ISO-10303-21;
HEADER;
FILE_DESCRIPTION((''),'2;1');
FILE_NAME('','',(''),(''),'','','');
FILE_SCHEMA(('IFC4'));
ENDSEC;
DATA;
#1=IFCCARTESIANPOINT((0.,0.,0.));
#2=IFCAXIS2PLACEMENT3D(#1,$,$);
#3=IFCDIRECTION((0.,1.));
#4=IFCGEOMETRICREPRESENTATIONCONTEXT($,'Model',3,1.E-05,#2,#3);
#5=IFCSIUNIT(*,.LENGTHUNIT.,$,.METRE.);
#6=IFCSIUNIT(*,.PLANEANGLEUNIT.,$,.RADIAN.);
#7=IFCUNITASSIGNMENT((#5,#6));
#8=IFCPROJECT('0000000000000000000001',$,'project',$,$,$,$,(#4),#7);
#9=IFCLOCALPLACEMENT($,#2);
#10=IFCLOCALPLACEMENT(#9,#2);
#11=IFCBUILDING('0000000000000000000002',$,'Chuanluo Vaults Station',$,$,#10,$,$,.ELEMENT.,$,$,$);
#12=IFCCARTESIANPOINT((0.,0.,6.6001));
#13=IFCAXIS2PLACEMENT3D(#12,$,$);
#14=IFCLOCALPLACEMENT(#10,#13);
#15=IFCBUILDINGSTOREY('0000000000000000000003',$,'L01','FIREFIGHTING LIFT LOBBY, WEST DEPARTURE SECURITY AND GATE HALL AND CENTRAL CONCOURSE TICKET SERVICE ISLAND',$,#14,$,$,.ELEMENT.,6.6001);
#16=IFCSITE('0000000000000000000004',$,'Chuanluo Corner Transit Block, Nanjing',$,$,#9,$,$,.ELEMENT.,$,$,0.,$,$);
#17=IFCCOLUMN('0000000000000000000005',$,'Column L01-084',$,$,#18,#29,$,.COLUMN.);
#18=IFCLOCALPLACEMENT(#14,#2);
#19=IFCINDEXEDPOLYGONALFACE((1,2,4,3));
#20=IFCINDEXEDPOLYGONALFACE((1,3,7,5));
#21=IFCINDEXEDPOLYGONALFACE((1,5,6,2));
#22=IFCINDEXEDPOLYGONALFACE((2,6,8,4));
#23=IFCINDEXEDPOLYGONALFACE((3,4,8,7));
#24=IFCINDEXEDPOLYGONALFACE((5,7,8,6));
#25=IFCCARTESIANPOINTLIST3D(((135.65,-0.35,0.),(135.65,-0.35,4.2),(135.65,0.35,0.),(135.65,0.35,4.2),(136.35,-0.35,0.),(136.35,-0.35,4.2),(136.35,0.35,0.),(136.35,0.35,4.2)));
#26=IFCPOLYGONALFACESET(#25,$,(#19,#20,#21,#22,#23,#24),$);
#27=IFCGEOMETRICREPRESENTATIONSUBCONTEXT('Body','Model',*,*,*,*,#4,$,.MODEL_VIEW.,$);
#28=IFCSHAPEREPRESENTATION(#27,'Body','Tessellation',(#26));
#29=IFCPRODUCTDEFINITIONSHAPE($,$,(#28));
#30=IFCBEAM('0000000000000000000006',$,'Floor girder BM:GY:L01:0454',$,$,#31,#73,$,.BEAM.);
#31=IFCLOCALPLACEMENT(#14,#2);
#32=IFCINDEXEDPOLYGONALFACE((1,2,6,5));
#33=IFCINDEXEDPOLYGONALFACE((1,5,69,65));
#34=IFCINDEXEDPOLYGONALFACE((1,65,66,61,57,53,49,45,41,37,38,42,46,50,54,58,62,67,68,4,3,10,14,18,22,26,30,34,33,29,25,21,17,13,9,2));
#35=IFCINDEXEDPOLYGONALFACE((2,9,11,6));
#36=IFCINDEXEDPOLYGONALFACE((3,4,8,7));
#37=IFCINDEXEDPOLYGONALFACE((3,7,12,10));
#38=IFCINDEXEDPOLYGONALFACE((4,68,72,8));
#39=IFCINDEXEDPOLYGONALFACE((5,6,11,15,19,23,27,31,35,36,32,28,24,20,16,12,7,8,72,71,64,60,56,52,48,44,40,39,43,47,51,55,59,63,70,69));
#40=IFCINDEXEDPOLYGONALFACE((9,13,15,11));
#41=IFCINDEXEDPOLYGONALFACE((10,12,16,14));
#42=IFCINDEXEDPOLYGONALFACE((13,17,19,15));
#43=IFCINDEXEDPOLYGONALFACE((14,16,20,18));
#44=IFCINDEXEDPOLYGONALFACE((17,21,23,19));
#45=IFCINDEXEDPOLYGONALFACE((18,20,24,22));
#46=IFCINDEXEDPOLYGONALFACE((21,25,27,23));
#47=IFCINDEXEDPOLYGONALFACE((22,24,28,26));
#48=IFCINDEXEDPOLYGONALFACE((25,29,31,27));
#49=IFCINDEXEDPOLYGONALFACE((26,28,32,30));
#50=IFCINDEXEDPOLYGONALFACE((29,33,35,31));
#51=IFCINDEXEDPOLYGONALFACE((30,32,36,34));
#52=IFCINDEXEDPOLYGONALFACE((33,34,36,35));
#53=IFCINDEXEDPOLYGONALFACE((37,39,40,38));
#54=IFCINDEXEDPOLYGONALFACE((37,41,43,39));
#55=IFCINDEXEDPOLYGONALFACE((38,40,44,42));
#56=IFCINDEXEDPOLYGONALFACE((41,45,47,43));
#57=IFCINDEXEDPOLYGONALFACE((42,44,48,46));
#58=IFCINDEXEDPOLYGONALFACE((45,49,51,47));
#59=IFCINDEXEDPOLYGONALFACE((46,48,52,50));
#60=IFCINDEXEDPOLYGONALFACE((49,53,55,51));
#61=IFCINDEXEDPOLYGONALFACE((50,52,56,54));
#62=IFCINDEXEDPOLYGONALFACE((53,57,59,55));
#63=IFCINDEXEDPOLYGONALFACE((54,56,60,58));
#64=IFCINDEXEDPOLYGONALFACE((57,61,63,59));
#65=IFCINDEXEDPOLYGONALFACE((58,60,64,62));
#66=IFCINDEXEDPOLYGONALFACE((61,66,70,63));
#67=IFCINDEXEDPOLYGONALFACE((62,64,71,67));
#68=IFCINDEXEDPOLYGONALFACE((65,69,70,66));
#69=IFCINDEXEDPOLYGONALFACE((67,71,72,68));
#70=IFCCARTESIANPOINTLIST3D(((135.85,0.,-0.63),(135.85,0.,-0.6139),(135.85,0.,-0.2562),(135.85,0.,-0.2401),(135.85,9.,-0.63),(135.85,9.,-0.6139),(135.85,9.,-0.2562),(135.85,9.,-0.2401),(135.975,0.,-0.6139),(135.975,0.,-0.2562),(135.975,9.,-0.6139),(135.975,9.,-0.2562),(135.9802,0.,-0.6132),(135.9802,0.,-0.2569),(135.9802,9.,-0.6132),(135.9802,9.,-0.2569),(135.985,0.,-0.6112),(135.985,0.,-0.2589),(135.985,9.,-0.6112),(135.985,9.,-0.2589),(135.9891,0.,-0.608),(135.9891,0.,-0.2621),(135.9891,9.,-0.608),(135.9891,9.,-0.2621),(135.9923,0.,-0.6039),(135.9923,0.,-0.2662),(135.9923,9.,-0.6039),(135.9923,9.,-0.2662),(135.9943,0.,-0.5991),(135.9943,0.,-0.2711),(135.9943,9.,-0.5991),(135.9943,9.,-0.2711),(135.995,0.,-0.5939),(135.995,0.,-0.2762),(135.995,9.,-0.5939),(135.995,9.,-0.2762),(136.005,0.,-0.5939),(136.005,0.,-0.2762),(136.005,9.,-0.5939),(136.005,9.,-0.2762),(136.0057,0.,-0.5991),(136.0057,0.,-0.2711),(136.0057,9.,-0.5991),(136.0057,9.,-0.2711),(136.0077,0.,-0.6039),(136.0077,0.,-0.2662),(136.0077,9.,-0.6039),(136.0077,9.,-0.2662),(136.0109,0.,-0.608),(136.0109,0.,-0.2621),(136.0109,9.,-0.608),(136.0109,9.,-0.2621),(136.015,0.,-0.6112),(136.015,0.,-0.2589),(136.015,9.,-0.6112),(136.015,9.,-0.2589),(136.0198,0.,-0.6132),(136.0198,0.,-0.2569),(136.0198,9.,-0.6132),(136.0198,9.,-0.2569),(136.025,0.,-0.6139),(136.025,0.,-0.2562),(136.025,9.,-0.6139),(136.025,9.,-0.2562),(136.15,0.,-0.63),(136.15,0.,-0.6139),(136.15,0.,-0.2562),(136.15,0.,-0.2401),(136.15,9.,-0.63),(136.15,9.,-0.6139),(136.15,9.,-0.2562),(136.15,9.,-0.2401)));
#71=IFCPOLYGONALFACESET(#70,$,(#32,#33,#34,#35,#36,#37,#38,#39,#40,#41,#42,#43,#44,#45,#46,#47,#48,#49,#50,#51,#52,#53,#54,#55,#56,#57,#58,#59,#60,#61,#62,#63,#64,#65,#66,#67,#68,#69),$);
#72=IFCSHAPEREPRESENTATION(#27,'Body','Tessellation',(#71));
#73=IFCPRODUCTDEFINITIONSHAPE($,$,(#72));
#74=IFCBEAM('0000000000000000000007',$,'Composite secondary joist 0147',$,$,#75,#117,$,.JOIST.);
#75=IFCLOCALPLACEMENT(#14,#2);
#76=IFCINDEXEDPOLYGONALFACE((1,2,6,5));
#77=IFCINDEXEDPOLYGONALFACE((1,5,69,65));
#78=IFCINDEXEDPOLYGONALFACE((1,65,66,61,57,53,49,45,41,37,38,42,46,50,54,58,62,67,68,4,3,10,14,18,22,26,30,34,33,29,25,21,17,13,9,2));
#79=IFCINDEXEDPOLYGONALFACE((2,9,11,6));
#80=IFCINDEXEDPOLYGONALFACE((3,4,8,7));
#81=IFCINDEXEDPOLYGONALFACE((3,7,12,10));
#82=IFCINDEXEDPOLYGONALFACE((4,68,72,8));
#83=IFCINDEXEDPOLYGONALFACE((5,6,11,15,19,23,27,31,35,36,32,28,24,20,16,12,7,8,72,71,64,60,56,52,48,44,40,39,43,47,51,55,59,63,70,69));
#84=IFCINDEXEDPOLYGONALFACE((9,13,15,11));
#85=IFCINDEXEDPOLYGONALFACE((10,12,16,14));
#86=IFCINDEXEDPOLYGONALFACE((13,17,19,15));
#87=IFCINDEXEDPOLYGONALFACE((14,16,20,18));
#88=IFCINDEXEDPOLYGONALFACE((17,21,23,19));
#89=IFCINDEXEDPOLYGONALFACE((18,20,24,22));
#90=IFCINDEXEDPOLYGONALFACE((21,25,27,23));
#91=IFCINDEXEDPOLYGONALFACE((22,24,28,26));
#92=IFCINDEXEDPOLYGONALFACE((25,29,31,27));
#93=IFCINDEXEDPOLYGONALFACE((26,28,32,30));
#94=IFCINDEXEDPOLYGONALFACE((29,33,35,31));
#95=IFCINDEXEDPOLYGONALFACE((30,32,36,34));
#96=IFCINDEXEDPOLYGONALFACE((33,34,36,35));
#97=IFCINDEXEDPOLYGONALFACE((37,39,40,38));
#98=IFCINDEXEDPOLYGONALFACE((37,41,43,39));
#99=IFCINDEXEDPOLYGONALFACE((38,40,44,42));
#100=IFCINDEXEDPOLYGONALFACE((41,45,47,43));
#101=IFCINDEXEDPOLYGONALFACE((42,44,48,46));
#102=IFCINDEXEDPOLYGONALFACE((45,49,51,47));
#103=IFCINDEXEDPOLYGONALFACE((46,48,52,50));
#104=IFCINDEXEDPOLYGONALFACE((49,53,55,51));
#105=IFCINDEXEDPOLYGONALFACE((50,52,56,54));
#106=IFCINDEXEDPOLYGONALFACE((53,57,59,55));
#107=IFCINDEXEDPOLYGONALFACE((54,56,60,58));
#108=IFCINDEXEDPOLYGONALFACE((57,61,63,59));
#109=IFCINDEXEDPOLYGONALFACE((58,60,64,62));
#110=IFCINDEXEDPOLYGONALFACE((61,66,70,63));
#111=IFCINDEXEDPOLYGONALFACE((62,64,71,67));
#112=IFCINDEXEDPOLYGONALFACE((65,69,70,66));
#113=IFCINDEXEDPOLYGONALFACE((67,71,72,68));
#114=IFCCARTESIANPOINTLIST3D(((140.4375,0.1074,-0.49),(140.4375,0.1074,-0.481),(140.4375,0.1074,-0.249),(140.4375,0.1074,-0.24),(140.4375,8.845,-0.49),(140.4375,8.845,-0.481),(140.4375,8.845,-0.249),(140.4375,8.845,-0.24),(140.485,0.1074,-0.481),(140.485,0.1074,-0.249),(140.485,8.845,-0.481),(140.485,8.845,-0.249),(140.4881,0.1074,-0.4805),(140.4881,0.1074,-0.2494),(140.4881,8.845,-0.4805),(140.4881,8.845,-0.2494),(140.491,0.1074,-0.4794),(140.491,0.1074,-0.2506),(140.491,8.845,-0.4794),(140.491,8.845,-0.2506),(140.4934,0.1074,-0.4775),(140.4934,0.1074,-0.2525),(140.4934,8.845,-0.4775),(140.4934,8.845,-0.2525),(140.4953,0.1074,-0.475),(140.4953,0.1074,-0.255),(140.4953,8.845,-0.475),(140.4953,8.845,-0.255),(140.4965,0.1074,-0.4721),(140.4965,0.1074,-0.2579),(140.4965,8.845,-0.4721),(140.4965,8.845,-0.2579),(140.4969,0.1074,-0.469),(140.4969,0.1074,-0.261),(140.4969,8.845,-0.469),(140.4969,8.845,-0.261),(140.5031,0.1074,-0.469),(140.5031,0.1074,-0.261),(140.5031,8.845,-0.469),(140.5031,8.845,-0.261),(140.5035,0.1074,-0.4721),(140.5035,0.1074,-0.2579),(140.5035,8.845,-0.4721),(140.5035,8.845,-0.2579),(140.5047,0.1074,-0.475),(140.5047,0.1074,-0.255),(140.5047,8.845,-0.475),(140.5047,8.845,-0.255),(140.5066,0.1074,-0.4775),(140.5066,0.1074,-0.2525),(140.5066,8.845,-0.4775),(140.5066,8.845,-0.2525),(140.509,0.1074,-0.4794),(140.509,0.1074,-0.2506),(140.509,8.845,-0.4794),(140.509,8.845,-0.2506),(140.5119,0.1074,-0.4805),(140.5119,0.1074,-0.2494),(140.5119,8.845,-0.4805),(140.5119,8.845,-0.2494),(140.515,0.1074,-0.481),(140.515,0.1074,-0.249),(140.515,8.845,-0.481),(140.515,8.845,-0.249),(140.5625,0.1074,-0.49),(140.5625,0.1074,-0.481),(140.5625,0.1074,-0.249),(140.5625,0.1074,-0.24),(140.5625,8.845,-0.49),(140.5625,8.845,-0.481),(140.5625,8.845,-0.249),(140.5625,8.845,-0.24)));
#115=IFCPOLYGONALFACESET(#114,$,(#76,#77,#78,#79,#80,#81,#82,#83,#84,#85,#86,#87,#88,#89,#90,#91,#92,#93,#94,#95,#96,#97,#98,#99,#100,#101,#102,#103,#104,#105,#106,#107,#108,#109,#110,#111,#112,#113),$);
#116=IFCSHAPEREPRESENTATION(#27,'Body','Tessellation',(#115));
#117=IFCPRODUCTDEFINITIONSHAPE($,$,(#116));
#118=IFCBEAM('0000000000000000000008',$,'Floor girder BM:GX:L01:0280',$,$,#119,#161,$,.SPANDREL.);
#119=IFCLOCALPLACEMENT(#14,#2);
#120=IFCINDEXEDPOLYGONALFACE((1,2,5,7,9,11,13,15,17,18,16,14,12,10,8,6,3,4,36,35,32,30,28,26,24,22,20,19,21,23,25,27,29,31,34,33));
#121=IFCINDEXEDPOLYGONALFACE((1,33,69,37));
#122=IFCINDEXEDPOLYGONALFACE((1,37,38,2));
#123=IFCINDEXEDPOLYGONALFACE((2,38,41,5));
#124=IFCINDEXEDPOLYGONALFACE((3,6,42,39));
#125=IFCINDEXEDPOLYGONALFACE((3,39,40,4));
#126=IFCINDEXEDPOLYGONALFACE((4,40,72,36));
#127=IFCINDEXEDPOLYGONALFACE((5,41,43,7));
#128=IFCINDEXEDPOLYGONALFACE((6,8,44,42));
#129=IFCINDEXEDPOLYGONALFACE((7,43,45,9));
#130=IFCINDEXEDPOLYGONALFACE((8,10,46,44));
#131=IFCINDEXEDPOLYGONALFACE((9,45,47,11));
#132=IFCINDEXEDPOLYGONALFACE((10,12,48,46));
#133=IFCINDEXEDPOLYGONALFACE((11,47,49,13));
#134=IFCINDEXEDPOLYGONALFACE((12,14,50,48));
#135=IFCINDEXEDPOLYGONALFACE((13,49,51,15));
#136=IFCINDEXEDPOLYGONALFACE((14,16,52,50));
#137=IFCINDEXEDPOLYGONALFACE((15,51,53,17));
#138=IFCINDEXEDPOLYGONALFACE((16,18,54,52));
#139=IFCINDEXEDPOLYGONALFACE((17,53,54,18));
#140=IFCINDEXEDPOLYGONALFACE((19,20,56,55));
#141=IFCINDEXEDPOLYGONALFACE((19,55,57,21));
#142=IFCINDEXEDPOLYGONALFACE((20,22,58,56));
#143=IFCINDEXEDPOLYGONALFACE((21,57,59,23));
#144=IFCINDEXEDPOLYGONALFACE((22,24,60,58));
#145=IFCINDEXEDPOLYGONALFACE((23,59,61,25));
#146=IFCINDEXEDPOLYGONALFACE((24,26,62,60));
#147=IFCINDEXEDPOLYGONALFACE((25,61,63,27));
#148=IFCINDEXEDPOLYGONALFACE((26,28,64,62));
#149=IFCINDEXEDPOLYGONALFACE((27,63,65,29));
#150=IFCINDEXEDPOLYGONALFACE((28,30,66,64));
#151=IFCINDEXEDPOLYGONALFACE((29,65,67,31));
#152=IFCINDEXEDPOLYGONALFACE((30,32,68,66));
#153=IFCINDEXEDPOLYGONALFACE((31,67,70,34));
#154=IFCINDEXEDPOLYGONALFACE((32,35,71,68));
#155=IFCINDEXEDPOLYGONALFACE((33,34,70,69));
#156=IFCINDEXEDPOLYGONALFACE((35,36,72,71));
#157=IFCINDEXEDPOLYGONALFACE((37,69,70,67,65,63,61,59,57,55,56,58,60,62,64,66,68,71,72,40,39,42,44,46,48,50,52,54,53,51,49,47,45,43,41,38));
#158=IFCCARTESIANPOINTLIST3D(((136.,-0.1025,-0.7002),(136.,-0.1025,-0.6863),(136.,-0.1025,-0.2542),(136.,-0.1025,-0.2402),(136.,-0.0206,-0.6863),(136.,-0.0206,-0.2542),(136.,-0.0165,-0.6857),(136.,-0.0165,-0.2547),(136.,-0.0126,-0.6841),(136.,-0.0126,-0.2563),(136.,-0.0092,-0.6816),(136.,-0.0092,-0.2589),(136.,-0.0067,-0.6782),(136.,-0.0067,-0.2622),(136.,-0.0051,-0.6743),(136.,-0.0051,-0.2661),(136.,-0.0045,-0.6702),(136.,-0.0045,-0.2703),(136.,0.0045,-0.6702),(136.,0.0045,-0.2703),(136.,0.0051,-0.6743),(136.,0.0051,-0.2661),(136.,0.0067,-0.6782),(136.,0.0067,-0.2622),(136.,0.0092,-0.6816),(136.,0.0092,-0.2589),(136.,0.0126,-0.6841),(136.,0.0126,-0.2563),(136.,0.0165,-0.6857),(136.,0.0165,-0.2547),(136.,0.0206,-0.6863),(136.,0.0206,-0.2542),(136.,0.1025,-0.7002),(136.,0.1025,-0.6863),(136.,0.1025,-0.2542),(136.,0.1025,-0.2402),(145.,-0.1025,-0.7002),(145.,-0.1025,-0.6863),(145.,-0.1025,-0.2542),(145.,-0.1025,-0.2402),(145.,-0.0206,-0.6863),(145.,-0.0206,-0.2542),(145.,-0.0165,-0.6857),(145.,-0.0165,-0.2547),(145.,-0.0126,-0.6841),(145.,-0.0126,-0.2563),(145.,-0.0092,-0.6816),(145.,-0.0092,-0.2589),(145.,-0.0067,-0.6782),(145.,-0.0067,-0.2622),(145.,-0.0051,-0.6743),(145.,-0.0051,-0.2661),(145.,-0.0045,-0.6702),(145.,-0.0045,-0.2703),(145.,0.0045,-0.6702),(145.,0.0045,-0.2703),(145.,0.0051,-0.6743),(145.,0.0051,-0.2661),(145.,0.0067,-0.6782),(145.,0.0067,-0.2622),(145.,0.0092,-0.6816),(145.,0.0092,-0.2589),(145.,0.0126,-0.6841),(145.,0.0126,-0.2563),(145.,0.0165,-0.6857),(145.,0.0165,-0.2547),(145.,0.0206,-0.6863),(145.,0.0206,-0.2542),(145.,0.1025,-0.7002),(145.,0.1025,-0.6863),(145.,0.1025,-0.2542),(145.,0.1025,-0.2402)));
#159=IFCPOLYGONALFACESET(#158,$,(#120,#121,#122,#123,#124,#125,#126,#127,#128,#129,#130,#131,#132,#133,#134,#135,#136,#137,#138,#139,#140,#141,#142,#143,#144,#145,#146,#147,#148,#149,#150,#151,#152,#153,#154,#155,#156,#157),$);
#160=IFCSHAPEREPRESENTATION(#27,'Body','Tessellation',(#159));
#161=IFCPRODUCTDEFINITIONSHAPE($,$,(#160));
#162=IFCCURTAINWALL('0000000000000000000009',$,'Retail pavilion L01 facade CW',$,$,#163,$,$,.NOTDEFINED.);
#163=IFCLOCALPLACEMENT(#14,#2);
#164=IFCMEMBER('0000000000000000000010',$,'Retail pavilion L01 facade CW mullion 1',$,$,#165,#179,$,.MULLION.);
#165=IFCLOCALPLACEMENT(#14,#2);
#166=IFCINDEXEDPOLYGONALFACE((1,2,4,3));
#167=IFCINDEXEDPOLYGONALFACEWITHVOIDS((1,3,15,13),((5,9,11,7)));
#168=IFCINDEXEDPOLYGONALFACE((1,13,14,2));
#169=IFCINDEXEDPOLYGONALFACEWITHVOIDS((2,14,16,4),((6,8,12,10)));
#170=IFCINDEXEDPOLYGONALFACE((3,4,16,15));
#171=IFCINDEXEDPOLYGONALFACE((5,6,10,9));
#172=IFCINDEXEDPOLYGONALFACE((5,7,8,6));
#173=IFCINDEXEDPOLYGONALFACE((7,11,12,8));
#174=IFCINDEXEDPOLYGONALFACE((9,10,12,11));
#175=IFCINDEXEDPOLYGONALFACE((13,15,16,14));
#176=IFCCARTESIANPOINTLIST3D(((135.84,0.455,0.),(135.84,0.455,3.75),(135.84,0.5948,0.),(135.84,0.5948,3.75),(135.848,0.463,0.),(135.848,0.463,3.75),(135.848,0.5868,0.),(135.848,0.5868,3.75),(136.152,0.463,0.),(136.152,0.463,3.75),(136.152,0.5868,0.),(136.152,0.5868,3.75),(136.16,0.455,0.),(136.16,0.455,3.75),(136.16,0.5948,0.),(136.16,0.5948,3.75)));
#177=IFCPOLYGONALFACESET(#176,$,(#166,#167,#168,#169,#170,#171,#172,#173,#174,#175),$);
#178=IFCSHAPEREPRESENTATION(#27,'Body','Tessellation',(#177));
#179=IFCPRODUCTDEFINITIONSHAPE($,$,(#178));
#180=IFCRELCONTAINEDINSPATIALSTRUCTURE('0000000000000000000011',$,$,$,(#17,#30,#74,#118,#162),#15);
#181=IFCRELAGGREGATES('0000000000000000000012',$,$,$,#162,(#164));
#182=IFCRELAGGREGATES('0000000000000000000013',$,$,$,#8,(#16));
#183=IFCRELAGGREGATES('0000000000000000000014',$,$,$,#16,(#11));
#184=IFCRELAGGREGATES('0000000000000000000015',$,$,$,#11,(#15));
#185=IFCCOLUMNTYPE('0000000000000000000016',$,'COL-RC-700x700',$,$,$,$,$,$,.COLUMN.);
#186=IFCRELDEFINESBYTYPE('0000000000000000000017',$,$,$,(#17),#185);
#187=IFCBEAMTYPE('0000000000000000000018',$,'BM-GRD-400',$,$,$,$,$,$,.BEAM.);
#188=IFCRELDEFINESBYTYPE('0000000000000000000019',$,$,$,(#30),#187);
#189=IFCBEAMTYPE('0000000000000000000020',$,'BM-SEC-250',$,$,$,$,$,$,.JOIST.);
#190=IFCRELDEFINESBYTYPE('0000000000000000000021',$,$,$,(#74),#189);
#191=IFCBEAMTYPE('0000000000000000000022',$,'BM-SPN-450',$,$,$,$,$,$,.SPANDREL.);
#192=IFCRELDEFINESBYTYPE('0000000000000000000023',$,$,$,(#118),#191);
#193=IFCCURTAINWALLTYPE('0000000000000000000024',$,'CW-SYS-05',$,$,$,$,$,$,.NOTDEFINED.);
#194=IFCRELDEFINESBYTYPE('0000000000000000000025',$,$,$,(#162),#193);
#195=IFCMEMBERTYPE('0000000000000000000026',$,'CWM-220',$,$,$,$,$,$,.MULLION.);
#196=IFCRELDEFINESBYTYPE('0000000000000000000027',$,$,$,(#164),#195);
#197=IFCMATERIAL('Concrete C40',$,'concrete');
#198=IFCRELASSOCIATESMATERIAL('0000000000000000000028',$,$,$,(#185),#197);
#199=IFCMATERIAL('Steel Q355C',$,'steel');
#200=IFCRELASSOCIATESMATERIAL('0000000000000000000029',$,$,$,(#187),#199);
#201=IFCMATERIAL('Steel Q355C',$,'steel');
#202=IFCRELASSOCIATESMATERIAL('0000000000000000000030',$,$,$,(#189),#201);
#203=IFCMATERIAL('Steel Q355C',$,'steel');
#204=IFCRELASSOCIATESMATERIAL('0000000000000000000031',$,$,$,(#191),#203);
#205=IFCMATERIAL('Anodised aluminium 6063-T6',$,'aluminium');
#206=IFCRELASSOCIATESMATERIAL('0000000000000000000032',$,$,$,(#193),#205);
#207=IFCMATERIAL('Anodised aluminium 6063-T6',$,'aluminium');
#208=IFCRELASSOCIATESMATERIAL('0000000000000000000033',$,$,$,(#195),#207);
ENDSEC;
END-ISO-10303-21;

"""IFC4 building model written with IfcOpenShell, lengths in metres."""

from ifc_helpers import new_model, si_unit, direction, frame, origin, origin_2d, place, context, subcontext, project, spatial, rectangle, hollow_rectangle, i_section, extrude, material, material_profile, profile_set, type_object, element, aggregate, save


model = new_model("IFC4")

# Units and contexts
model_context = context("Model", 3, precision=1e-05, world=origin(), true_north=direction((0.0, 1.0)))
body_context = subcontext(model_context, "Body", "Model", "MODEL_VIEW")
ifc_project = project(units=[si_unit("LENGTHUNIT", "METRE"), si_unit("PLANEANGLEUNIT", "RADIAN")], contexts=[model_context])

# Site, building, storey
site_placement = place(None, origin())
site = spatial("IfcSite", under=ifc_project, at=site_placement, Name="Chuanluo Corner Transit Block, Nanjing", CompositionType="ELEMENT", RefElevation=0.0)
building_placement = place(site_placement, origin())
building = spatial("IfcBuilding", under=site, at=building_placement, Name="Chuanluo Vaults Station", CompositionType="ELEMENT")
storey_placement = place(building_placement, frame((0.0, 0.0, 6.6001)))
storey = spatial("IfcBuildingStorey", under=building, at=storey_placement, Name="L01", Description="FIREFIGHTING LIFT LOBBY, WEST DEPARTURE SECURITY AND GATE HALL AND CENTRAL CONCOURSE TICKET SERVICE ISLAND", CompositionType="ELEMENT", Elevation=6.6001)

# Column
ifc_material_1 = material(Name="Concrete C40", Category="concrete")
ifc_material_profile_1 = material_profile(ifc_material_1, rectangle(XDim=0.7, YDim=0.7, at=origin_2d()))
ifc_profile_set_1 = profile_set([ifc_material_profile_1], Name="Concrete C40")
column_type = type_object("IfcColumnType", Name="COL-RC-700x700", PredefinedType="COLUMN", material=ifc_profile_set_1)
column_placement = place(storey_placement, frame((136.0, 0.0, 0.0), z_axis=(0.0, 0.0, 1.0), x_axis=(1.0, 0.0, 0.0)))
element("IfcColumn", 1, at=column_placement, inside=storey, type_object=column_type, Name="Column L01-084", PredefinedType="COLUMN", context=body_context, shape_type="SweptSolid", body=[
    extrude(rectangle(XDim=0.7, YDim=0.7, at=origin_2d()), origin(), (0.0, 0.0, 1.0), 4.2),
])

# Beams
ifc_material_2 = material(Name="Steel Q355C", Category="steel")
ifc_material_profile_2 = material_profile(ifc_material_2, i_section(OverallWidth=0.3, OverallDepth=0.3899, WebThickness=0.01, FlangeThickness=0.0161, FilletRadius=0.02, at=origin_2d()))
ifc_profile_set_2 = profile_set([ifc_material_profile_2], Name="Steel Q355C")
beam_type_1 = type_object("IfcBeamType", Name="BM-GRD-400", PredefinedType="BEAM", material=ifc_profile_set_2)
beam_1_placement = place(storey_placement, frame((136.0, 0.0, -0.4351), z_axis=(0.0, 1.0, 0.0), x_axis=(-1.0, 0.0, 0.0)))
element("IfcBeam", 2, at=beam_1_placement, inside=storey, type_object=beam_type_1, Name="Floor girder BM:GY:L01:0454", PredefinedType="BEAM", context=body_context, shape_type="SweptSolid", body=[
    extrude(i_section(OverallWidth=0.3, OverallDepth=0.3899, WebThickness=0.01, FlangeThickness=0.0161, FilletRadius=0.02, at=origin_2d()), origin(), (0.0, 0.0, 1.0), 9.0),
])
ifc_material_3 = material(Name="Steel Q355C", Category="steel")
ifc_material_profile_3 = material_profile(ifc_material_3, i_section(OverallWidth=0.125, OverallDepth=0.25, WebThickness=0.0061, FlangeThickness=0.009, FilletRadius=0.012, at=origin_2d()))
ifc_profile_set_3 = profile_set([ifc_material_profile_3], Name="Steel Q355C")
beam_type_2 = type_object("IfcBeamType", Name="BM-SEC-250", PredefinedType="JOIST", material=ifc_profile_set_3)
beam_2_placement = place(storey_placement, frame((140.5, 0.1074, -0.365), z_axis=(0.0, 1.0, 0.0), x_axis=(-1.0, 0.0, 0.0)))
element("IfcBeam", 3, at=beam_2_placement, inside=storey, type_object=beam_type_2, Name="Composite secondary joist 0147", PredefinedType="JOIST", context=body_context, shape_type="SweptSolid", body=[
    extrude(i_section(OverallWidth=0.125, OverallDepth=0.25, WebThickness=0.0061, FlangeThickness=0.009, FilletRadius=0.012, at=origin_2d()), origin(), (0.0, 0.0, 1.0), 8.7375),
])
ifc_material_4 = material(Name="Steel Q355C", Category="steel")
ifc_material_profile_4 = material_profile(ifc_material_4, i_section(OverallWidth=0.2051, OverallDepth=0.46, WebThickness=0.009, FlangeThickness=0.0139, FilletRadius=0.0161, at=origin_2d()))
ifc_profile_set_4 = profile_set([ifc_material_profile_4], Name="Steel Q355C")
beam_type_3 = type_object("IfcBeamType", Name="BM-SPN-450", PredefinedType="SPANDREL", material=ifc_profile_set_4)
beam_3_placement = place(storey_placement, frame((136.0, 0.0, -0.4702), z_axis=(1.0, 0.0, 0.0), x_axis=(0.0, 1.0, 0.0)))
element("IfcBeam", 4, at=beam_3_placement, inside=storey, type_object=beam_type_3, Name="Floor girder BM:GX:L01:0280", PredefinedType="SPANDREL", context=body_context, shape_type="SweptSolid", body=[
    extrude(i_section(OverallWidth=0.2051, OverallDepth=0.46, WebThickness=0.009, FlangeThickness=0.0139, FilletRadius=0.0161, at=origin_2d()), origin(), (0.0, 0.0, 1.0), 9.0),
])

# Curtain wall, member
ifc_material_5 = material(Name="Anodised aluminium 6063-T6", Category="aluminium")
curtain_wall_type_1 = type_object("IfcCurtainWallType", Name="CW-SYS-05", PredefinedType="NOTDEFINED", material=ifc_material_5)
curtain_wall_1_placement = place(storey_placement, origin())
curtain_wall_1 = element("IfcCurtainWall", 5, at=curtain_wall_1_placement, inside=storey, type_object=curtain_wall_type_1, Name="Retail pavilion L01 facade CW", PredefinedType="NOTDEFINED")
ifc_material_6 = material(Name="Anodised aluminium 6063-T6", Category="aluminium")
ifc_material_profile_5 = material_profile(ifc_material_6, hollow_rectangle(XDim=0.1399, YDim=0.3201, WallThickness=0.0081, at=origin_2d()))
ifc_profile_set_5 = profile_set([ifc_material_profile_5], Name="Anodised aluminium 6063-T6")
member_type_1 = type_object("IfcMemberType", Name="CWM-220", PredefinedType="MULLION", material=ifc_profile_set_5)
member_1_placement = place(storey_placement, frame((136.0, 0.5249, 0.0), z_axis=(0.0, 0.0, 1.0), x_axis=(0.0, 1.0, 0.0)))
member_1 = element("IfcMember", 6, at=member_1_placement, type_object=member_type_1, Name="Retail pavilion L01 facade CW mullion 1", PredefinedType="MULLION", context=body_context, shape_type="SweptSolid", body=[
    extrude(hollow_rectangle(XDim=0.1399, YDim=0.3201, WallThickness=0.0081, at=origin_2d()), origin(), (0.0, 0.0, 1.0), 3.75),
])

aggregate(curtain_wall_1, [member_1])

save(model, "model.ifc")
